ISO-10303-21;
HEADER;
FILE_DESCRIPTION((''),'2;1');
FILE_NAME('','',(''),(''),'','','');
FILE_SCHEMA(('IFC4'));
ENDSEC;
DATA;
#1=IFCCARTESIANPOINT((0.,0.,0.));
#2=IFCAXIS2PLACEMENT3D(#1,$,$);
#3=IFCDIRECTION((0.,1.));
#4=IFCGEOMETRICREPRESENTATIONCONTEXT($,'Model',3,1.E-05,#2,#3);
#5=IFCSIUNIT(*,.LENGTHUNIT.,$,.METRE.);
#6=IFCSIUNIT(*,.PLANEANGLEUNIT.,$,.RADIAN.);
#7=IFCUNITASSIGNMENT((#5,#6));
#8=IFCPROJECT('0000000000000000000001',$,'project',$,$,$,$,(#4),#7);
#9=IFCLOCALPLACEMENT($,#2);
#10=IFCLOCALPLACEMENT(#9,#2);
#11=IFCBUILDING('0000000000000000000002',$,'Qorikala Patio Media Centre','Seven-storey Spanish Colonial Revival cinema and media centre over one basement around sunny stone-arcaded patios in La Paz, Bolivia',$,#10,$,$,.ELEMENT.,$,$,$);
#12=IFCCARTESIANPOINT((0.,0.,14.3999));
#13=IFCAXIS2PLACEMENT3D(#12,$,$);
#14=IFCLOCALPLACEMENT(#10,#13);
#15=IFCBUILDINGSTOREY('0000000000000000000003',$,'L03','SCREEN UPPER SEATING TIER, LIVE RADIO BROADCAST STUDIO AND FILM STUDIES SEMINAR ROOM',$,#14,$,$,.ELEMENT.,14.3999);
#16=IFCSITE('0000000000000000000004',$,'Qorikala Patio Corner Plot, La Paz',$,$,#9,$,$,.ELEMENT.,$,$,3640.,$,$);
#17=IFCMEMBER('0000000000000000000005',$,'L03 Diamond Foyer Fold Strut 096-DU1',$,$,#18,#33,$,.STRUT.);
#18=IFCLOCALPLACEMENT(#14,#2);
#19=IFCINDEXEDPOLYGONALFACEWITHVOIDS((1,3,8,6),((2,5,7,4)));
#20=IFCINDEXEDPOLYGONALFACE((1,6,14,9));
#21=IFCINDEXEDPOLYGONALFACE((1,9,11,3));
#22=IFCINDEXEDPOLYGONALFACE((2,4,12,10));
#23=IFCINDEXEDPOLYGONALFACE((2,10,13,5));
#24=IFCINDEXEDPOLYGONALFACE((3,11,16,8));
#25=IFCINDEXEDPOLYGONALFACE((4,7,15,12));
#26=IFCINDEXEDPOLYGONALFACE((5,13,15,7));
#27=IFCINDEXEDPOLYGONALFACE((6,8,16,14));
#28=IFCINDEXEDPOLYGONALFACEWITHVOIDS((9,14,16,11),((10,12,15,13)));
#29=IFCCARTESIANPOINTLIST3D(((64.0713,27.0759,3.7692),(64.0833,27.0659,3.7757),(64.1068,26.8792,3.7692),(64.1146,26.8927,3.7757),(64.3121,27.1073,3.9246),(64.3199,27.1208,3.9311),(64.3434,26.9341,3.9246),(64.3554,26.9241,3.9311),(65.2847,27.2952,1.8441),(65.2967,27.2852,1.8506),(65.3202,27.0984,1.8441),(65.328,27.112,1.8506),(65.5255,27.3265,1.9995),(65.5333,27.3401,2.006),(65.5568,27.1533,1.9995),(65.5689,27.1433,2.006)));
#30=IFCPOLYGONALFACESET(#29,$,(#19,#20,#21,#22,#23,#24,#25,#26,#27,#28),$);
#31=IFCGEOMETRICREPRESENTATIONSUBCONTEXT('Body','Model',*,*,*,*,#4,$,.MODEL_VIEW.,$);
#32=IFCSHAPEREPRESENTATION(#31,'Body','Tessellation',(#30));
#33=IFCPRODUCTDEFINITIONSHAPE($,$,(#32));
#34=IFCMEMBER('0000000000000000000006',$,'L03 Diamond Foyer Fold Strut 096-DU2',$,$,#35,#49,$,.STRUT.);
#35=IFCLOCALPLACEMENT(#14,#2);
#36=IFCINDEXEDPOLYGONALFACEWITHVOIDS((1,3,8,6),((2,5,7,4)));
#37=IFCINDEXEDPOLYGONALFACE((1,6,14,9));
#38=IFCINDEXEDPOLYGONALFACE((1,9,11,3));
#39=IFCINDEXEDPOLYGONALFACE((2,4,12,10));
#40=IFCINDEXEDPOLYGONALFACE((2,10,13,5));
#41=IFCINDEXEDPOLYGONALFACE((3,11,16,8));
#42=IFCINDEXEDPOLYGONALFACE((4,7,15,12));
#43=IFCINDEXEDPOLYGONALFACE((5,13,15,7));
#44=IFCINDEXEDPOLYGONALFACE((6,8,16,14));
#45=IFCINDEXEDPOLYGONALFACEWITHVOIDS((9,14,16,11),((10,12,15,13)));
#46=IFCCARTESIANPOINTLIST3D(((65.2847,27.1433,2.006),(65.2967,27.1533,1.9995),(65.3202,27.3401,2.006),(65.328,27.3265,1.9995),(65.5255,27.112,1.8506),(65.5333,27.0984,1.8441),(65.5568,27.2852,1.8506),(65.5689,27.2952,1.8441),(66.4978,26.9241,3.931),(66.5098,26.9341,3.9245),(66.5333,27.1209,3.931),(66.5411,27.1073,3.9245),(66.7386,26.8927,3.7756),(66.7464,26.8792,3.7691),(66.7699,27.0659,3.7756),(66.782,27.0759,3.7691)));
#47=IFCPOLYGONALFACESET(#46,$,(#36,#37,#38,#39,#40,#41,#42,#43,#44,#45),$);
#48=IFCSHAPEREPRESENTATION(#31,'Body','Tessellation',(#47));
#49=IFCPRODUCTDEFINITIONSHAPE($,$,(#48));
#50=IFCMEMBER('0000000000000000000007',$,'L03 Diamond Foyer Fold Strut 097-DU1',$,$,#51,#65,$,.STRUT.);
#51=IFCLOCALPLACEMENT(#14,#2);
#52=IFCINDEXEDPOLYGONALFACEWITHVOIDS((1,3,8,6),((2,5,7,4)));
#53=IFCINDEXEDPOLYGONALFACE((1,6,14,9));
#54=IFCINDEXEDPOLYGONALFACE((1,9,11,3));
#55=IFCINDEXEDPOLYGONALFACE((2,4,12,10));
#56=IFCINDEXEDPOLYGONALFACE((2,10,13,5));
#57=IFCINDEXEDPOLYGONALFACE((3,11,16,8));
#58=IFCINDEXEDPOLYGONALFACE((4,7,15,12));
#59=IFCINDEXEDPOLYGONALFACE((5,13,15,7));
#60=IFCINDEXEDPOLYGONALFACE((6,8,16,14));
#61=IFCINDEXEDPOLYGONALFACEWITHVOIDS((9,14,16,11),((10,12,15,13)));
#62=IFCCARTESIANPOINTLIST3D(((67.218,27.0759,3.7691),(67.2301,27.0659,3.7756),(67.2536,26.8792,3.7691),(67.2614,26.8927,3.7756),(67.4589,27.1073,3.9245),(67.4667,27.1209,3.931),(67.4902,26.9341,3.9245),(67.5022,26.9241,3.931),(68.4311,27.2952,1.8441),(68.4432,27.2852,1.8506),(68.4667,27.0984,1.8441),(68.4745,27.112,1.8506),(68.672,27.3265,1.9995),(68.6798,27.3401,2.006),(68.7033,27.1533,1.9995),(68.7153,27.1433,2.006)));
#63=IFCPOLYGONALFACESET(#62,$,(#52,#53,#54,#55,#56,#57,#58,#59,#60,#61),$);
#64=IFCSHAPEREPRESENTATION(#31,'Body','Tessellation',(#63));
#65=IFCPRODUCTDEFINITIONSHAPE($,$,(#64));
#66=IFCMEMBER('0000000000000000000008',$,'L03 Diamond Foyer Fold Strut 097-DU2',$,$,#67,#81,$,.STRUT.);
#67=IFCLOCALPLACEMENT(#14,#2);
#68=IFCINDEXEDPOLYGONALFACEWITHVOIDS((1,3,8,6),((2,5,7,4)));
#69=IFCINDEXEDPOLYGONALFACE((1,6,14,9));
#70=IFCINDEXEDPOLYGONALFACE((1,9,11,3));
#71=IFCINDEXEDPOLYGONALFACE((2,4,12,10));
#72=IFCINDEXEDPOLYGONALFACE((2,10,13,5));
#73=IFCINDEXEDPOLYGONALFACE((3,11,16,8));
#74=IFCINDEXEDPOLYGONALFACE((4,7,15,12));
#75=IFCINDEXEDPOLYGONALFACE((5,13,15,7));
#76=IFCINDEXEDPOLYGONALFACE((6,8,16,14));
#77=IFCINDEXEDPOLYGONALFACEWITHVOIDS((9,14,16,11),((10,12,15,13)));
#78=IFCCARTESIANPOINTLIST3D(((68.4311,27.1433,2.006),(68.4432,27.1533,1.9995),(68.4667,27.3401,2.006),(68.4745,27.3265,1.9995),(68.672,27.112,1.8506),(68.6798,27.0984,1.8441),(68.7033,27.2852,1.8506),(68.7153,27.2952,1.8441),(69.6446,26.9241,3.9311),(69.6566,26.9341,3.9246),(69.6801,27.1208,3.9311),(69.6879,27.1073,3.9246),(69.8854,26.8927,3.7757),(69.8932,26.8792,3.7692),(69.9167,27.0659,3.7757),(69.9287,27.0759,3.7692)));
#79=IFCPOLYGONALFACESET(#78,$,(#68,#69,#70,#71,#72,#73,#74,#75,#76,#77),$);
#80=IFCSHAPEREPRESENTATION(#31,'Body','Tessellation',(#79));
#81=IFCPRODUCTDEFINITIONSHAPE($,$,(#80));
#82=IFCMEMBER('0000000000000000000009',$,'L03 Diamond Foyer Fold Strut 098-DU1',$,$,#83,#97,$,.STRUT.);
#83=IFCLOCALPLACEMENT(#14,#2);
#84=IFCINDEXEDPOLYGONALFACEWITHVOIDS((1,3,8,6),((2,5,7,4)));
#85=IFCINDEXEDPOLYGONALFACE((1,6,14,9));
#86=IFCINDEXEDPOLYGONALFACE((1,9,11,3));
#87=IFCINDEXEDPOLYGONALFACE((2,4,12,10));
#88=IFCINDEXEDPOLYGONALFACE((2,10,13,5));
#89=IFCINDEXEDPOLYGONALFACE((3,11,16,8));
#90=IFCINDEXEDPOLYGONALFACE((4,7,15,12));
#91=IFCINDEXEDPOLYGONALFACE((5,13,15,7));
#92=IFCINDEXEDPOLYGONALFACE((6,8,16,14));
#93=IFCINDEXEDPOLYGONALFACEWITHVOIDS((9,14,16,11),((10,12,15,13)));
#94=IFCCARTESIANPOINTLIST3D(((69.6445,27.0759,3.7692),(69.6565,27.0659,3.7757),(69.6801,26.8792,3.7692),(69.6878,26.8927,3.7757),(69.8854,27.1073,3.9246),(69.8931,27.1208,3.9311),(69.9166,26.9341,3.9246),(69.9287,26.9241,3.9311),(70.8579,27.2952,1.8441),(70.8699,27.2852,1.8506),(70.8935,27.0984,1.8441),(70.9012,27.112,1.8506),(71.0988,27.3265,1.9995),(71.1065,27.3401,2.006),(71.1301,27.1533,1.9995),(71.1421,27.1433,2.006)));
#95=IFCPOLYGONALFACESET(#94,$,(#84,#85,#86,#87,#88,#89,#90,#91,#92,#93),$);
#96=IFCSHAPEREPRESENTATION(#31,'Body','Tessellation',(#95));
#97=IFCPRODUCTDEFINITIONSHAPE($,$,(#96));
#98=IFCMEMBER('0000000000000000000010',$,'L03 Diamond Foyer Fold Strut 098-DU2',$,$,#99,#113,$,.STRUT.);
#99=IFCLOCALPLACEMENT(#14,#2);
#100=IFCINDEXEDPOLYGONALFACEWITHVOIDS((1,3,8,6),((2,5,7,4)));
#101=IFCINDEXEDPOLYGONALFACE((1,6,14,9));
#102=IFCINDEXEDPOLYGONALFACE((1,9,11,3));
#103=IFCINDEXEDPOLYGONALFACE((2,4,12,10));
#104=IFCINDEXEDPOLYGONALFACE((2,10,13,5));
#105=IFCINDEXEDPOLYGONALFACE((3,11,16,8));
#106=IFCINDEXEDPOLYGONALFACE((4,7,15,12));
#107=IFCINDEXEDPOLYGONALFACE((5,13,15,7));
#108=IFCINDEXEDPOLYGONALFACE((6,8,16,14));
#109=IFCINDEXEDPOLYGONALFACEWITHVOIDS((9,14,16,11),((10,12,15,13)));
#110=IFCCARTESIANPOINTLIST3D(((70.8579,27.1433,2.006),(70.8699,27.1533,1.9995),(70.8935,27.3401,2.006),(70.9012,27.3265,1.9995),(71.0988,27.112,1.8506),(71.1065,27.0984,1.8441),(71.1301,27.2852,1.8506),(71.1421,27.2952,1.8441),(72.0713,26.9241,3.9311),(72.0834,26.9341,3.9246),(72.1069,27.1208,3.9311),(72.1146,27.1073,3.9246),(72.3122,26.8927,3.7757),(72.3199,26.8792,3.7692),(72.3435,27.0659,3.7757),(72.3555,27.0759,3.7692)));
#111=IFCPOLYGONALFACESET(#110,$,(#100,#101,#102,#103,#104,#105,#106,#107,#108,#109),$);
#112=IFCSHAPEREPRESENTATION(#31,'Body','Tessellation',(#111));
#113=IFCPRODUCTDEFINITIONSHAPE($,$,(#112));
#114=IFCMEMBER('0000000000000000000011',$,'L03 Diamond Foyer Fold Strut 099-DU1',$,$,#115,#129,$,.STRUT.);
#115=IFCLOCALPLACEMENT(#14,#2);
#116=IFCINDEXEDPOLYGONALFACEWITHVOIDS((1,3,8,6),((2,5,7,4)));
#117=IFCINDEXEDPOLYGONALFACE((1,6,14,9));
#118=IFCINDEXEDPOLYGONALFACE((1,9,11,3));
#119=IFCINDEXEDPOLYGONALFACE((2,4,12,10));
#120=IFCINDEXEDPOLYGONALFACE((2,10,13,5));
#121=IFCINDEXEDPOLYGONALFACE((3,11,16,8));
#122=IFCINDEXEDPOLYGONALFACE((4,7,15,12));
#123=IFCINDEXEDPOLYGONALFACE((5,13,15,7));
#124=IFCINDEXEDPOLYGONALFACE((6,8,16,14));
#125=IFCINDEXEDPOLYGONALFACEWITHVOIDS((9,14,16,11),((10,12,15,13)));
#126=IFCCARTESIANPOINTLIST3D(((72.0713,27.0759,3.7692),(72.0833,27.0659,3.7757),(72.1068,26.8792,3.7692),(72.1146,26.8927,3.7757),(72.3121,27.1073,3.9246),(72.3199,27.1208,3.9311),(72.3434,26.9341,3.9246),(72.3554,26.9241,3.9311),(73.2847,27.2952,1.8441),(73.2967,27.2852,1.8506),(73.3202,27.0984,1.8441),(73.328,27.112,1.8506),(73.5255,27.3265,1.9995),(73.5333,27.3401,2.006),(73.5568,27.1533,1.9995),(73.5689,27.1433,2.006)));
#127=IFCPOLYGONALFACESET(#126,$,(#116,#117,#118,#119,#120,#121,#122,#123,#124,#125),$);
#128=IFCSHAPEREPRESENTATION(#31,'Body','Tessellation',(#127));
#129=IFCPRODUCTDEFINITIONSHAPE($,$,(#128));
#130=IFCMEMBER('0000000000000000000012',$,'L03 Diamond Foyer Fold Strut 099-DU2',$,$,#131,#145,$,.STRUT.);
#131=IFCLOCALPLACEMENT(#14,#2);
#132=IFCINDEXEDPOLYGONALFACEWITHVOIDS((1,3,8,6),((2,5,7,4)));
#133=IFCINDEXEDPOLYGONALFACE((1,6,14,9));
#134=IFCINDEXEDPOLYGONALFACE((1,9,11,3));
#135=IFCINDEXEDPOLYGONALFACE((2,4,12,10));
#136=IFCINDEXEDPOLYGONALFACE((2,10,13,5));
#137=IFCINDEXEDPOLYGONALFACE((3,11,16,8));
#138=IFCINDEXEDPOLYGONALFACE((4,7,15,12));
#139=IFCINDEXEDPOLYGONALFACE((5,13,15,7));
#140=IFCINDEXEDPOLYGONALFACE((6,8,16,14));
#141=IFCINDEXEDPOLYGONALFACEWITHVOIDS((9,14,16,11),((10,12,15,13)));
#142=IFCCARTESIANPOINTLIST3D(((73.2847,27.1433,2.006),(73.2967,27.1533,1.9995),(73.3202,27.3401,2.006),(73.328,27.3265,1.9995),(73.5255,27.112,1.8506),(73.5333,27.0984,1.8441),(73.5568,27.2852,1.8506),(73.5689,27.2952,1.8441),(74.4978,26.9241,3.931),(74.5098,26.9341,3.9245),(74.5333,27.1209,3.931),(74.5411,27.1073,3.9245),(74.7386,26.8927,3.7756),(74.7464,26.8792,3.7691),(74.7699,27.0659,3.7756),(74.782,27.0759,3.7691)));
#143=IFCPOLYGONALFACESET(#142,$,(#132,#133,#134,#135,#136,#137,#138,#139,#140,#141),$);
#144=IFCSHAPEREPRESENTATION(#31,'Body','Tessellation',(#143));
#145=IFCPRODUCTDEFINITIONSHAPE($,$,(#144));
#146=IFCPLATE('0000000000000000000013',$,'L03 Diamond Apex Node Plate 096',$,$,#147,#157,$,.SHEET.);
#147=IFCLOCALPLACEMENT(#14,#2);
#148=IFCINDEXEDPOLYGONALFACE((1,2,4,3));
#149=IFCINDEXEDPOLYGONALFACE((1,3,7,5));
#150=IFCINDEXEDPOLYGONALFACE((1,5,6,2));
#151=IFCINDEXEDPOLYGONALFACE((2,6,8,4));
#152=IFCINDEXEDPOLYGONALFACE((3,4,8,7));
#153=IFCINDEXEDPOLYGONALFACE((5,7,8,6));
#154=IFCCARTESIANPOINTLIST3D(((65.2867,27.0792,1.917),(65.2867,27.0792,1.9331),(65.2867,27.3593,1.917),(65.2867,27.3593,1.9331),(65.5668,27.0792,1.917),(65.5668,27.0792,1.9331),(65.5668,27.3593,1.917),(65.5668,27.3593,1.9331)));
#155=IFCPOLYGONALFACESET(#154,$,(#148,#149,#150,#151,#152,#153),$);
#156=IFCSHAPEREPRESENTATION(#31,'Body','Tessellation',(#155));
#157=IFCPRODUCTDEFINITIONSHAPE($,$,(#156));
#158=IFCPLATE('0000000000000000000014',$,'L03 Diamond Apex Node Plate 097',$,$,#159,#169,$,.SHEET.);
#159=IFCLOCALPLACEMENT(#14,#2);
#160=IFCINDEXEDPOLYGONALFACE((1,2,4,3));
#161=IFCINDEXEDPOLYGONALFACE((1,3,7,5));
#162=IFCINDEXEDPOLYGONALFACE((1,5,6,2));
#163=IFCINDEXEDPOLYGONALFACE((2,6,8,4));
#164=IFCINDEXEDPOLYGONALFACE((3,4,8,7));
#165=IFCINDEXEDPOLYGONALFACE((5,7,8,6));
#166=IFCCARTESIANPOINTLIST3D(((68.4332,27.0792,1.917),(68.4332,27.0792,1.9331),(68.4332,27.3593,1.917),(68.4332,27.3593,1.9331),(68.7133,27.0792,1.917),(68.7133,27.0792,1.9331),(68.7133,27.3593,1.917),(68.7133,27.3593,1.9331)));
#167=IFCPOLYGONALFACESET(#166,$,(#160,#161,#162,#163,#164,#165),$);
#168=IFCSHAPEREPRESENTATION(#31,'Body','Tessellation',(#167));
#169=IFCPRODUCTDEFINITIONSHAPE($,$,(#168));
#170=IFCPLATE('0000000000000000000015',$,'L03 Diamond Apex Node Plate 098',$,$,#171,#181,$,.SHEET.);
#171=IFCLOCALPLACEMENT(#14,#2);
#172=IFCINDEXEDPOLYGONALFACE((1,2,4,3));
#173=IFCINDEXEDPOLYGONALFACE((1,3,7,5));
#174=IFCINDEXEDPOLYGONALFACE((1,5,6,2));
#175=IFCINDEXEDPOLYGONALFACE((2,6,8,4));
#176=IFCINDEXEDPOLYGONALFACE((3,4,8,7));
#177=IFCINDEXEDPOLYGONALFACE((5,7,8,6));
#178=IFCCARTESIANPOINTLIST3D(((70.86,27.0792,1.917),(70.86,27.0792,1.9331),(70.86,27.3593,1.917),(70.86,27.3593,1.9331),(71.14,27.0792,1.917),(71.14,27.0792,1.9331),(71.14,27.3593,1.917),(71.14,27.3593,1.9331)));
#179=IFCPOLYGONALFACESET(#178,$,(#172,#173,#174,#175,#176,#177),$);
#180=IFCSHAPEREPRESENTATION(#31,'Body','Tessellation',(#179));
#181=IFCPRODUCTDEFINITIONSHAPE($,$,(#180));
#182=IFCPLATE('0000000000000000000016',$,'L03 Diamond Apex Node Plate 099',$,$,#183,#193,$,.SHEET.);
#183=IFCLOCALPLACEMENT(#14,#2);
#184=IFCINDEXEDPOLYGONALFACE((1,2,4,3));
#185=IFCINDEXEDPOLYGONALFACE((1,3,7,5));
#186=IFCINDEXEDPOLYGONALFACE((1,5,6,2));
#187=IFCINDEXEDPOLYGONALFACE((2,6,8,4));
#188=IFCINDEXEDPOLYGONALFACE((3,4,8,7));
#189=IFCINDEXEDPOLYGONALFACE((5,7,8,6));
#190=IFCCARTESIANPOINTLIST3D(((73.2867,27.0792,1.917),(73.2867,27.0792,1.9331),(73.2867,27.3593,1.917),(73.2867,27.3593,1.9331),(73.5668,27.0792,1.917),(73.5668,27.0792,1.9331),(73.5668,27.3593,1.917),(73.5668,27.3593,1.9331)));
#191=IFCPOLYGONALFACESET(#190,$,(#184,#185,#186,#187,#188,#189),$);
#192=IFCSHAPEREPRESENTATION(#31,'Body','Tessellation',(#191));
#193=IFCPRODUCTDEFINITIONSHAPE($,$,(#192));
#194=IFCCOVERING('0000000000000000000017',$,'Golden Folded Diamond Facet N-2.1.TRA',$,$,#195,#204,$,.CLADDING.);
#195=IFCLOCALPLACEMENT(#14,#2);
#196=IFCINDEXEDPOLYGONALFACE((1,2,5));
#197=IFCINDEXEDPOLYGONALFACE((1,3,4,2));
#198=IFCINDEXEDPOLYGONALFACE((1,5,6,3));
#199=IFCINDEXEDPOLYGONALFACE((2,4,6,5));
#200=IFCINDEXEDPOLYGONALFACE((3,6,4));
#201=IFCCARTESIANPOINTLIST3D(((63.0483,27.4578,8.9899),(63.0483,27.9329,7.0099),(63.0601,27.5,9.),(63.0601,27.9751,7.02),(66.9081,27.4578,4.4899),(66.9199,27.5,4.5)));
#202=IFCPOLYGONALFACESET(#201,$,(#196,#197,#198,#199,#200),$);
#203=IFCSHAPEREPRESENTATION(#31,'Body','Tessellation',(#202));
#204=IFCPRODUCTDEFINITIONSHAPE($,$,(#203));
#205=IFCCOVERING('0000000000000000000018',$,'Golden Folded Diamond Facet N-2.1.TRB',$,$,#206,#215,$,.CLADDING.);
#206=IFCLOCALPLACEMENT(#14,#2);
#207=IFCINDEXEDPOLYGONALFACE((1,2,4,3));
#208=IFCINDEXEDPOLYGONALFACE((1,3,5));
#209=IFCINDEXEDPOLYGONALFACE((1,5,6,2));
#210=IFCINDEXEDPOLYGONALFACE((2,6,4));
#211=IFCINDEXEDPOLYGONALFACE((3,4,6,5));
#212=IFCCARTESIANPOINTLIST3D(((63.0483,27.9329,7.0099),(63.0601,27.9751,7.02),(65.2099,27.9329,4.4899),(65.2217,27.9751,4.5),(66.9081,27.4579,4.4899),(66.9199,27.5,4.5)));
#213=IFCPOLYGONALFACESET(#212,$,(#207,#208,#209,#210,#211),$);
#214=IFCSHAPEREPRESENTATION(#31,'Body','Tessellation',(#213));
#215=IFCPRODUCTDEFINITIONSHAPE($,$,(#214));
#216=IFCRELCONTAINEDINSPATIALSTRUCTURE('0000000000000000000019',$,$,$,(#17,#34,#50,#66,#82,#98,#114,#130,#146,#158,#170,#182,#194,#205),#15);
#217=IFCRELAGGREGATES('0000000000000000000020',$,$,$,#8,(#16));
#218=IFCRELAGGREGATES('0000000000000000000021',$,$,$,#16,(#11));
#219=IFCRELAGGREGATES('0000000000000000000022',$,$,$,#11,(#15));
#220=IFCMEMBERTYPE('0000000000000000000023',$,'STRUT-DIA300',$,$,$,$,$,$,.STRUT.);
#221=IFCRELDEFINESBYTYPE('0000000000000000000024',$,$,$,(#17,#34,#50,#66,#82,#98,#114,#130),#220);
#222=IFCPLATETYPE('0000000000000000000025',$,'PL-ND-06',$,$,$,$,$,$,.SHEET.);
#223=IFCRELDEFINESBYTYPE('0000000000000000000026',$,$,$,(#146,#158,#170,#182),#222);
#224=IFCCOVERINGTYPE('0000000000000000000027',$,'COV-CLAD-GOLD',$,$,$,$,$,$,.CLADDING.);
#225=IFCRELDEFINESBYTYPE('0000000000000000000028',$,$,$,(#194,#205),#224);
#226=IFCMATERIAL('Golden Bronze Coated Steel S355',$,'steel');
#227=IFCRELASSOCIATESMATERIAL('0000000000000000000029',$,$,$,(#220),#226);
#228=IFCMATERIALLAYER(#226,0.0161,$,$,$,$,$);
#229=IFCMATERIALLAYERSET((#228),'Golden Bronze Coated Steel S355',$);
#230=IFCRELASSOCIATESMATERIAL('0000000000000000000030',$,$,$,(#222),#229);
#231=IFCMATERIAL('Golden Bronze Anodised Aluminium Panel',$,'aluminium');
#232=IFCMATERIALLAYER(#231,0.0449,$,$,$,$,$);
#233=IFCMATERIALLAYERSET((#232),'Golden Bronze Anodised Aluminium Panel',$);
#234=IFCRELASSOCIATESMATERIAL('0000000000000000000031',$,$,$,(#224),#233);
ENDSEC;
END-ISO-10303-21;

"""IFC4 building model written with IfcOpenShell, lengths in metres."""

from ifc_helpers import new_model, si_unit, direction, frame, origin, origin_2d, place, context, subcontext, project, spatial, polyline, rectangle, hollow_rectangle, outline, extrude, material, layer, layer_set, material_profile, profile_set, type_object, element, save


model = new_model("IFC4")

# Units and contexts
model_context = context("Model", 3, precision=1e-05, world=origin(), true_north=direction((0.0, 1.0)))
body_context = subcontext(model_context, "Body", "Model", "MODEL_VIEW")
ifc_project = project(units=[si_unit("LENGTHUNIT", "METRE"), si_unit("PLANEANGLEUNIT", "RADIAN")], contexts=[model_context])

# Site, building, storey
site_placement = place(None, origin())
site = spatial("IfcSite", under=ifc_project, at=site_placement, Name="Qorikala Patio Corner Plot, La Paz", CompositionType="ELEMENT", RefElevation=3640.0)
building_placement = place(site_placement, origin())
building = spatial("IfcBuilding", under=site, at=building_placement, Name="Qorikala Patio Media Centre", Description="Seven-storey Spanish Colonial Revival cinema and media centre over one basement around sunny stone-arcaded patios in La Paz, Bolivia", CompositionType="ELEMENT")
storey_placement = place(building_placement, frame((0.0, 0.0, 14.3999)))
storey = spatial("IfcBuildingStorey", under=building, at=storey_placement, Name="L03", Description="SCREEN UPPER SEATING TIER, LIVE RADIO BROADCAST STUDIO AND FILM STUDIES SEMINAR ROOM", CompositionType="ELEMENT", Elevation=14.3999)

# Members
ifc_material_1 = material(Name="Golden Bronze Coated Steel S355", Category="steel")
ifc_material_profile = material_profile(ifc_material_1, hollow_rectangle(XDim=0.2, YDim=0.3, WallThickness=0.012, at=origin_2d()), Name="HSS300X200X12")
ifc_profile_set = profile_set([ifc_material_profile], Name="Golden Bronze Coated Steel S355")
member_type = type_object("IfcMemberType", Name="STRUT-DIA300", PredefinedType="STRUT", material=ifc_profile_set)
member_1_placement = place(storey_placement, frame((65.4268, 27.2192, 1.925), z_axis=(-0.530768, -0.095901, 0.842074), x_axis=(0.177805, -0.984066, 0.0)))
element("IfcMember", 1, at=member_1_placement, inside=storey, type_object=member_type, Name="L03 Diamond Foyer Fold Strut 096-DU1", PredefinedType="STRUT", context=body_context, shape_type="SweptSolid", body=[
    extrude(hollow_rectangle(XDim=0.2, YDim=0.3, WallThickness=0.012, at=origin_2d()), origin(), (0.0, 0.0, 1.0), 2.2861),
])
for number, where, z_axis, x_axis, name in (
    (2, (65.4268, 27.2192, 1.925), (0.530691, -0.095907, 0.842121), (0.17784, 0.984059, 0.0), "L03 Diamond Foyer Fold Strut 096-DU2"),
    (3, (68.5732, 27.2192, 1.925), (-0.530691, -0.095907, 0.842121), (0.17784, -0.984059, 0.0), "L03 Diamond Foyer Fold Strut 097-DU1"),
):
    element("IfcMember", number, at=place(storey_placement, frame(where, z_axis=z_axis, x_axis=x_axis)), inside=storey, type_object=member_type, Name=name, PredefinedType="STRUT", context=body_context, shape_type="SweptSolid", body=[
        extrude(hollow_rectangle(XDim=0.2, YDim=0.3, WallThickness=0.012, at=origin_2d()), origin(), (0.0, 0.0, 1.0), 2.2859),
    ])
for number, where, z_axis, x_axis, name in (
    (4, (68.5732, 27.2192, 1.925), (0.530768, -0.095901, 0.842074), (0.177805, 0.984066, 0.0), "L03 Diamond Foyer Fold Strut 097-DU2"),
    (5, (71.0, 27.2192, 1.925), (-0.530768, -0.095901, 0.842074), (0.177805, -0.984066, 0.0), "L03 Diamond Foyer Fold Strut 098-DU1"),
    (6, (71.0, 27.2192, 1.925), (0.530768, -0.095901, 0.842074), (0.177805, 0.984066, 0.0), "L03 Diamond Foyer Fold Strut 098-DU2"),
    (7, (73.4268, 27.2192, 1.925), (-0.530768, -0.095901, 0.842074), (0.177805, -0.984066, 0.0), "L03 Diamond Foyer Fold Strut 099-DU1"),
):
    element("IfcMember", number, at=place(storey_placement, frame(where, z_axis=z_axis, x_axis=x_axis)), inside=storey, type_object=member_type, Name=name, PredefinedType="STRUT", context=body_context, shape_type="SweptSolid", body=[
        extrude(hollow_rectangle(XDim=0.2, YDim=0.3, WallThickness=0.012, at=origin_2d()), origin(), (0.0, 0.0, 1.0), 2.2861),
    ])
member_2_placement = place(storey_placement, frame((73.4268, 27.2192, 1.925), z_axis=(0.530691, -0.095907, 0.842121), x_axis=(0.17784, 0.984059, 0.0)))
element("IfcMember", 8, at=member_2_placement, inside=storey, type_object=member_type, Name="L03 Diamond Foyer Fold Strut 099-DU2", PredefinedType="STRUT", context=body_context, shape_type="SweptSolid", body=[
    extrude(hollow_rectangle(XDim=0.2, YDim=0.3, WallThickness=0.012, at=origin_2d()), origin(), (0.0, 0.0, 1.0), 2.2859),
])

# Plates
ifc_layer_1 = layer(ifc_material_1, 0.0161)
ifc_layer_set_1 = layer_set([ifc_layer_1], Name="Golden Bronze Coated Steel S355")
plate_type = type_object("IfcPlateType", Name="PL-ND-06", PredefinedType="SHEET", material=ifc_layer_set_1)
for number, where, z_axis, x_axis, name in (
    (9, (65.4268, 27.2192, 1.917), (0.0, 0.0, 1.0), (1.0, 0.0, 0.0), "L03 Diamond Apex Node Plate 096"),
    (10, (68.5732, 27.2192, 1.917), (0.0, 0.0, 1.0), (1.0, 0.0, 0.0), "L03 Diamond Apex Node Plate 097"),
    (11, (71.0, 27.2192, 1.917), (0.0, 0.0, 1.0), (1.0, 0.0, 0.0), "L03 Diamond Apex Node Plate 098"),
    (12, (73.4268, 27.2192, 1.917), (0.0, 0.0, 1.0), (1.0, 0.0, 0.0), "L03 Diamond Apex Node Plate 099"),
):
    element("IfcPlate", number, at=place(storey_placement, frame(where, z_axis=z_axis, x_axis=x_axis)), inside=storey, type_object=plate_type, Name=name, PredefinedType="SHEET", context=body_context, shape_type="SweptSolid", body=[
        extrude(rectangle(XDim=0.28, YDim=0.28, at=origin_2d()), origin(), (0.0, 0.0, 1.0), 0.0161),
    ])

# Coverings
ifc_material_2 = material(Name="Golden Bronze Anodised Aluminium Panel", Category="aluminium")
ifc_layer_2 = layer(ifc_material_2, 0.0449)
ifc_layer_set_2 = layer_set([ifc_layer_2], Name="Golden Bronze Anodised Aluminium Panel")
covering_type = type_object("IfcCoveringType", Name="COV-CLAD-GOLD", PredefinedType="CLADDING", material=ifc_layer_set_2)
covering_1_placement = place(storey_placement, frame((66.9199, 27.5, 4.5), z_axis=(0.262485, 0.938302, 0.225146), x_axis=(-0.651056, 0.0, 0.75903)))
element("IfcCovering", 13, at=covering_1_placement, inside=storey, type_object=covering_type, Name="Golden Folded Diamond Facet N-2.1.TRA", PredefinedType="CLADDING", context=body_context, shape_type="SweptSolid", body=[
    extrude(outline(polyline([(0.0, 0.0), (5.9286, 0.0), (4.4258, -1.3738), (0.0, 0.0)])), origin(), (0.0, 0.0, -1.0), 0.0449),
])
covering_2_placement = place(storey_placement, frame((66.9199, 27.5, 4.5), z_axis=(0.262496, 0.938295, 0.225164), x_axis=(-0.832929, 0.102522, 0.543801)))
element("IfcCovering", 14, at=covering_2_placement, inside=storey, type_object=covering_type, Name="Golden Folded Diamond Facet N-2.1.TRB", PredefinedType="CLADDING", context=body_context, shape_type="SweptSolid", body=[
    extrude(outline(polyline([(0.0, 0.0), (4.6341, 0.0), (1.4632, -0.9842), (0.0, 0.0)])), origin(), (0.0, 0.0, -1.0), 0.0449),
])

save(model, "model.ifc")
